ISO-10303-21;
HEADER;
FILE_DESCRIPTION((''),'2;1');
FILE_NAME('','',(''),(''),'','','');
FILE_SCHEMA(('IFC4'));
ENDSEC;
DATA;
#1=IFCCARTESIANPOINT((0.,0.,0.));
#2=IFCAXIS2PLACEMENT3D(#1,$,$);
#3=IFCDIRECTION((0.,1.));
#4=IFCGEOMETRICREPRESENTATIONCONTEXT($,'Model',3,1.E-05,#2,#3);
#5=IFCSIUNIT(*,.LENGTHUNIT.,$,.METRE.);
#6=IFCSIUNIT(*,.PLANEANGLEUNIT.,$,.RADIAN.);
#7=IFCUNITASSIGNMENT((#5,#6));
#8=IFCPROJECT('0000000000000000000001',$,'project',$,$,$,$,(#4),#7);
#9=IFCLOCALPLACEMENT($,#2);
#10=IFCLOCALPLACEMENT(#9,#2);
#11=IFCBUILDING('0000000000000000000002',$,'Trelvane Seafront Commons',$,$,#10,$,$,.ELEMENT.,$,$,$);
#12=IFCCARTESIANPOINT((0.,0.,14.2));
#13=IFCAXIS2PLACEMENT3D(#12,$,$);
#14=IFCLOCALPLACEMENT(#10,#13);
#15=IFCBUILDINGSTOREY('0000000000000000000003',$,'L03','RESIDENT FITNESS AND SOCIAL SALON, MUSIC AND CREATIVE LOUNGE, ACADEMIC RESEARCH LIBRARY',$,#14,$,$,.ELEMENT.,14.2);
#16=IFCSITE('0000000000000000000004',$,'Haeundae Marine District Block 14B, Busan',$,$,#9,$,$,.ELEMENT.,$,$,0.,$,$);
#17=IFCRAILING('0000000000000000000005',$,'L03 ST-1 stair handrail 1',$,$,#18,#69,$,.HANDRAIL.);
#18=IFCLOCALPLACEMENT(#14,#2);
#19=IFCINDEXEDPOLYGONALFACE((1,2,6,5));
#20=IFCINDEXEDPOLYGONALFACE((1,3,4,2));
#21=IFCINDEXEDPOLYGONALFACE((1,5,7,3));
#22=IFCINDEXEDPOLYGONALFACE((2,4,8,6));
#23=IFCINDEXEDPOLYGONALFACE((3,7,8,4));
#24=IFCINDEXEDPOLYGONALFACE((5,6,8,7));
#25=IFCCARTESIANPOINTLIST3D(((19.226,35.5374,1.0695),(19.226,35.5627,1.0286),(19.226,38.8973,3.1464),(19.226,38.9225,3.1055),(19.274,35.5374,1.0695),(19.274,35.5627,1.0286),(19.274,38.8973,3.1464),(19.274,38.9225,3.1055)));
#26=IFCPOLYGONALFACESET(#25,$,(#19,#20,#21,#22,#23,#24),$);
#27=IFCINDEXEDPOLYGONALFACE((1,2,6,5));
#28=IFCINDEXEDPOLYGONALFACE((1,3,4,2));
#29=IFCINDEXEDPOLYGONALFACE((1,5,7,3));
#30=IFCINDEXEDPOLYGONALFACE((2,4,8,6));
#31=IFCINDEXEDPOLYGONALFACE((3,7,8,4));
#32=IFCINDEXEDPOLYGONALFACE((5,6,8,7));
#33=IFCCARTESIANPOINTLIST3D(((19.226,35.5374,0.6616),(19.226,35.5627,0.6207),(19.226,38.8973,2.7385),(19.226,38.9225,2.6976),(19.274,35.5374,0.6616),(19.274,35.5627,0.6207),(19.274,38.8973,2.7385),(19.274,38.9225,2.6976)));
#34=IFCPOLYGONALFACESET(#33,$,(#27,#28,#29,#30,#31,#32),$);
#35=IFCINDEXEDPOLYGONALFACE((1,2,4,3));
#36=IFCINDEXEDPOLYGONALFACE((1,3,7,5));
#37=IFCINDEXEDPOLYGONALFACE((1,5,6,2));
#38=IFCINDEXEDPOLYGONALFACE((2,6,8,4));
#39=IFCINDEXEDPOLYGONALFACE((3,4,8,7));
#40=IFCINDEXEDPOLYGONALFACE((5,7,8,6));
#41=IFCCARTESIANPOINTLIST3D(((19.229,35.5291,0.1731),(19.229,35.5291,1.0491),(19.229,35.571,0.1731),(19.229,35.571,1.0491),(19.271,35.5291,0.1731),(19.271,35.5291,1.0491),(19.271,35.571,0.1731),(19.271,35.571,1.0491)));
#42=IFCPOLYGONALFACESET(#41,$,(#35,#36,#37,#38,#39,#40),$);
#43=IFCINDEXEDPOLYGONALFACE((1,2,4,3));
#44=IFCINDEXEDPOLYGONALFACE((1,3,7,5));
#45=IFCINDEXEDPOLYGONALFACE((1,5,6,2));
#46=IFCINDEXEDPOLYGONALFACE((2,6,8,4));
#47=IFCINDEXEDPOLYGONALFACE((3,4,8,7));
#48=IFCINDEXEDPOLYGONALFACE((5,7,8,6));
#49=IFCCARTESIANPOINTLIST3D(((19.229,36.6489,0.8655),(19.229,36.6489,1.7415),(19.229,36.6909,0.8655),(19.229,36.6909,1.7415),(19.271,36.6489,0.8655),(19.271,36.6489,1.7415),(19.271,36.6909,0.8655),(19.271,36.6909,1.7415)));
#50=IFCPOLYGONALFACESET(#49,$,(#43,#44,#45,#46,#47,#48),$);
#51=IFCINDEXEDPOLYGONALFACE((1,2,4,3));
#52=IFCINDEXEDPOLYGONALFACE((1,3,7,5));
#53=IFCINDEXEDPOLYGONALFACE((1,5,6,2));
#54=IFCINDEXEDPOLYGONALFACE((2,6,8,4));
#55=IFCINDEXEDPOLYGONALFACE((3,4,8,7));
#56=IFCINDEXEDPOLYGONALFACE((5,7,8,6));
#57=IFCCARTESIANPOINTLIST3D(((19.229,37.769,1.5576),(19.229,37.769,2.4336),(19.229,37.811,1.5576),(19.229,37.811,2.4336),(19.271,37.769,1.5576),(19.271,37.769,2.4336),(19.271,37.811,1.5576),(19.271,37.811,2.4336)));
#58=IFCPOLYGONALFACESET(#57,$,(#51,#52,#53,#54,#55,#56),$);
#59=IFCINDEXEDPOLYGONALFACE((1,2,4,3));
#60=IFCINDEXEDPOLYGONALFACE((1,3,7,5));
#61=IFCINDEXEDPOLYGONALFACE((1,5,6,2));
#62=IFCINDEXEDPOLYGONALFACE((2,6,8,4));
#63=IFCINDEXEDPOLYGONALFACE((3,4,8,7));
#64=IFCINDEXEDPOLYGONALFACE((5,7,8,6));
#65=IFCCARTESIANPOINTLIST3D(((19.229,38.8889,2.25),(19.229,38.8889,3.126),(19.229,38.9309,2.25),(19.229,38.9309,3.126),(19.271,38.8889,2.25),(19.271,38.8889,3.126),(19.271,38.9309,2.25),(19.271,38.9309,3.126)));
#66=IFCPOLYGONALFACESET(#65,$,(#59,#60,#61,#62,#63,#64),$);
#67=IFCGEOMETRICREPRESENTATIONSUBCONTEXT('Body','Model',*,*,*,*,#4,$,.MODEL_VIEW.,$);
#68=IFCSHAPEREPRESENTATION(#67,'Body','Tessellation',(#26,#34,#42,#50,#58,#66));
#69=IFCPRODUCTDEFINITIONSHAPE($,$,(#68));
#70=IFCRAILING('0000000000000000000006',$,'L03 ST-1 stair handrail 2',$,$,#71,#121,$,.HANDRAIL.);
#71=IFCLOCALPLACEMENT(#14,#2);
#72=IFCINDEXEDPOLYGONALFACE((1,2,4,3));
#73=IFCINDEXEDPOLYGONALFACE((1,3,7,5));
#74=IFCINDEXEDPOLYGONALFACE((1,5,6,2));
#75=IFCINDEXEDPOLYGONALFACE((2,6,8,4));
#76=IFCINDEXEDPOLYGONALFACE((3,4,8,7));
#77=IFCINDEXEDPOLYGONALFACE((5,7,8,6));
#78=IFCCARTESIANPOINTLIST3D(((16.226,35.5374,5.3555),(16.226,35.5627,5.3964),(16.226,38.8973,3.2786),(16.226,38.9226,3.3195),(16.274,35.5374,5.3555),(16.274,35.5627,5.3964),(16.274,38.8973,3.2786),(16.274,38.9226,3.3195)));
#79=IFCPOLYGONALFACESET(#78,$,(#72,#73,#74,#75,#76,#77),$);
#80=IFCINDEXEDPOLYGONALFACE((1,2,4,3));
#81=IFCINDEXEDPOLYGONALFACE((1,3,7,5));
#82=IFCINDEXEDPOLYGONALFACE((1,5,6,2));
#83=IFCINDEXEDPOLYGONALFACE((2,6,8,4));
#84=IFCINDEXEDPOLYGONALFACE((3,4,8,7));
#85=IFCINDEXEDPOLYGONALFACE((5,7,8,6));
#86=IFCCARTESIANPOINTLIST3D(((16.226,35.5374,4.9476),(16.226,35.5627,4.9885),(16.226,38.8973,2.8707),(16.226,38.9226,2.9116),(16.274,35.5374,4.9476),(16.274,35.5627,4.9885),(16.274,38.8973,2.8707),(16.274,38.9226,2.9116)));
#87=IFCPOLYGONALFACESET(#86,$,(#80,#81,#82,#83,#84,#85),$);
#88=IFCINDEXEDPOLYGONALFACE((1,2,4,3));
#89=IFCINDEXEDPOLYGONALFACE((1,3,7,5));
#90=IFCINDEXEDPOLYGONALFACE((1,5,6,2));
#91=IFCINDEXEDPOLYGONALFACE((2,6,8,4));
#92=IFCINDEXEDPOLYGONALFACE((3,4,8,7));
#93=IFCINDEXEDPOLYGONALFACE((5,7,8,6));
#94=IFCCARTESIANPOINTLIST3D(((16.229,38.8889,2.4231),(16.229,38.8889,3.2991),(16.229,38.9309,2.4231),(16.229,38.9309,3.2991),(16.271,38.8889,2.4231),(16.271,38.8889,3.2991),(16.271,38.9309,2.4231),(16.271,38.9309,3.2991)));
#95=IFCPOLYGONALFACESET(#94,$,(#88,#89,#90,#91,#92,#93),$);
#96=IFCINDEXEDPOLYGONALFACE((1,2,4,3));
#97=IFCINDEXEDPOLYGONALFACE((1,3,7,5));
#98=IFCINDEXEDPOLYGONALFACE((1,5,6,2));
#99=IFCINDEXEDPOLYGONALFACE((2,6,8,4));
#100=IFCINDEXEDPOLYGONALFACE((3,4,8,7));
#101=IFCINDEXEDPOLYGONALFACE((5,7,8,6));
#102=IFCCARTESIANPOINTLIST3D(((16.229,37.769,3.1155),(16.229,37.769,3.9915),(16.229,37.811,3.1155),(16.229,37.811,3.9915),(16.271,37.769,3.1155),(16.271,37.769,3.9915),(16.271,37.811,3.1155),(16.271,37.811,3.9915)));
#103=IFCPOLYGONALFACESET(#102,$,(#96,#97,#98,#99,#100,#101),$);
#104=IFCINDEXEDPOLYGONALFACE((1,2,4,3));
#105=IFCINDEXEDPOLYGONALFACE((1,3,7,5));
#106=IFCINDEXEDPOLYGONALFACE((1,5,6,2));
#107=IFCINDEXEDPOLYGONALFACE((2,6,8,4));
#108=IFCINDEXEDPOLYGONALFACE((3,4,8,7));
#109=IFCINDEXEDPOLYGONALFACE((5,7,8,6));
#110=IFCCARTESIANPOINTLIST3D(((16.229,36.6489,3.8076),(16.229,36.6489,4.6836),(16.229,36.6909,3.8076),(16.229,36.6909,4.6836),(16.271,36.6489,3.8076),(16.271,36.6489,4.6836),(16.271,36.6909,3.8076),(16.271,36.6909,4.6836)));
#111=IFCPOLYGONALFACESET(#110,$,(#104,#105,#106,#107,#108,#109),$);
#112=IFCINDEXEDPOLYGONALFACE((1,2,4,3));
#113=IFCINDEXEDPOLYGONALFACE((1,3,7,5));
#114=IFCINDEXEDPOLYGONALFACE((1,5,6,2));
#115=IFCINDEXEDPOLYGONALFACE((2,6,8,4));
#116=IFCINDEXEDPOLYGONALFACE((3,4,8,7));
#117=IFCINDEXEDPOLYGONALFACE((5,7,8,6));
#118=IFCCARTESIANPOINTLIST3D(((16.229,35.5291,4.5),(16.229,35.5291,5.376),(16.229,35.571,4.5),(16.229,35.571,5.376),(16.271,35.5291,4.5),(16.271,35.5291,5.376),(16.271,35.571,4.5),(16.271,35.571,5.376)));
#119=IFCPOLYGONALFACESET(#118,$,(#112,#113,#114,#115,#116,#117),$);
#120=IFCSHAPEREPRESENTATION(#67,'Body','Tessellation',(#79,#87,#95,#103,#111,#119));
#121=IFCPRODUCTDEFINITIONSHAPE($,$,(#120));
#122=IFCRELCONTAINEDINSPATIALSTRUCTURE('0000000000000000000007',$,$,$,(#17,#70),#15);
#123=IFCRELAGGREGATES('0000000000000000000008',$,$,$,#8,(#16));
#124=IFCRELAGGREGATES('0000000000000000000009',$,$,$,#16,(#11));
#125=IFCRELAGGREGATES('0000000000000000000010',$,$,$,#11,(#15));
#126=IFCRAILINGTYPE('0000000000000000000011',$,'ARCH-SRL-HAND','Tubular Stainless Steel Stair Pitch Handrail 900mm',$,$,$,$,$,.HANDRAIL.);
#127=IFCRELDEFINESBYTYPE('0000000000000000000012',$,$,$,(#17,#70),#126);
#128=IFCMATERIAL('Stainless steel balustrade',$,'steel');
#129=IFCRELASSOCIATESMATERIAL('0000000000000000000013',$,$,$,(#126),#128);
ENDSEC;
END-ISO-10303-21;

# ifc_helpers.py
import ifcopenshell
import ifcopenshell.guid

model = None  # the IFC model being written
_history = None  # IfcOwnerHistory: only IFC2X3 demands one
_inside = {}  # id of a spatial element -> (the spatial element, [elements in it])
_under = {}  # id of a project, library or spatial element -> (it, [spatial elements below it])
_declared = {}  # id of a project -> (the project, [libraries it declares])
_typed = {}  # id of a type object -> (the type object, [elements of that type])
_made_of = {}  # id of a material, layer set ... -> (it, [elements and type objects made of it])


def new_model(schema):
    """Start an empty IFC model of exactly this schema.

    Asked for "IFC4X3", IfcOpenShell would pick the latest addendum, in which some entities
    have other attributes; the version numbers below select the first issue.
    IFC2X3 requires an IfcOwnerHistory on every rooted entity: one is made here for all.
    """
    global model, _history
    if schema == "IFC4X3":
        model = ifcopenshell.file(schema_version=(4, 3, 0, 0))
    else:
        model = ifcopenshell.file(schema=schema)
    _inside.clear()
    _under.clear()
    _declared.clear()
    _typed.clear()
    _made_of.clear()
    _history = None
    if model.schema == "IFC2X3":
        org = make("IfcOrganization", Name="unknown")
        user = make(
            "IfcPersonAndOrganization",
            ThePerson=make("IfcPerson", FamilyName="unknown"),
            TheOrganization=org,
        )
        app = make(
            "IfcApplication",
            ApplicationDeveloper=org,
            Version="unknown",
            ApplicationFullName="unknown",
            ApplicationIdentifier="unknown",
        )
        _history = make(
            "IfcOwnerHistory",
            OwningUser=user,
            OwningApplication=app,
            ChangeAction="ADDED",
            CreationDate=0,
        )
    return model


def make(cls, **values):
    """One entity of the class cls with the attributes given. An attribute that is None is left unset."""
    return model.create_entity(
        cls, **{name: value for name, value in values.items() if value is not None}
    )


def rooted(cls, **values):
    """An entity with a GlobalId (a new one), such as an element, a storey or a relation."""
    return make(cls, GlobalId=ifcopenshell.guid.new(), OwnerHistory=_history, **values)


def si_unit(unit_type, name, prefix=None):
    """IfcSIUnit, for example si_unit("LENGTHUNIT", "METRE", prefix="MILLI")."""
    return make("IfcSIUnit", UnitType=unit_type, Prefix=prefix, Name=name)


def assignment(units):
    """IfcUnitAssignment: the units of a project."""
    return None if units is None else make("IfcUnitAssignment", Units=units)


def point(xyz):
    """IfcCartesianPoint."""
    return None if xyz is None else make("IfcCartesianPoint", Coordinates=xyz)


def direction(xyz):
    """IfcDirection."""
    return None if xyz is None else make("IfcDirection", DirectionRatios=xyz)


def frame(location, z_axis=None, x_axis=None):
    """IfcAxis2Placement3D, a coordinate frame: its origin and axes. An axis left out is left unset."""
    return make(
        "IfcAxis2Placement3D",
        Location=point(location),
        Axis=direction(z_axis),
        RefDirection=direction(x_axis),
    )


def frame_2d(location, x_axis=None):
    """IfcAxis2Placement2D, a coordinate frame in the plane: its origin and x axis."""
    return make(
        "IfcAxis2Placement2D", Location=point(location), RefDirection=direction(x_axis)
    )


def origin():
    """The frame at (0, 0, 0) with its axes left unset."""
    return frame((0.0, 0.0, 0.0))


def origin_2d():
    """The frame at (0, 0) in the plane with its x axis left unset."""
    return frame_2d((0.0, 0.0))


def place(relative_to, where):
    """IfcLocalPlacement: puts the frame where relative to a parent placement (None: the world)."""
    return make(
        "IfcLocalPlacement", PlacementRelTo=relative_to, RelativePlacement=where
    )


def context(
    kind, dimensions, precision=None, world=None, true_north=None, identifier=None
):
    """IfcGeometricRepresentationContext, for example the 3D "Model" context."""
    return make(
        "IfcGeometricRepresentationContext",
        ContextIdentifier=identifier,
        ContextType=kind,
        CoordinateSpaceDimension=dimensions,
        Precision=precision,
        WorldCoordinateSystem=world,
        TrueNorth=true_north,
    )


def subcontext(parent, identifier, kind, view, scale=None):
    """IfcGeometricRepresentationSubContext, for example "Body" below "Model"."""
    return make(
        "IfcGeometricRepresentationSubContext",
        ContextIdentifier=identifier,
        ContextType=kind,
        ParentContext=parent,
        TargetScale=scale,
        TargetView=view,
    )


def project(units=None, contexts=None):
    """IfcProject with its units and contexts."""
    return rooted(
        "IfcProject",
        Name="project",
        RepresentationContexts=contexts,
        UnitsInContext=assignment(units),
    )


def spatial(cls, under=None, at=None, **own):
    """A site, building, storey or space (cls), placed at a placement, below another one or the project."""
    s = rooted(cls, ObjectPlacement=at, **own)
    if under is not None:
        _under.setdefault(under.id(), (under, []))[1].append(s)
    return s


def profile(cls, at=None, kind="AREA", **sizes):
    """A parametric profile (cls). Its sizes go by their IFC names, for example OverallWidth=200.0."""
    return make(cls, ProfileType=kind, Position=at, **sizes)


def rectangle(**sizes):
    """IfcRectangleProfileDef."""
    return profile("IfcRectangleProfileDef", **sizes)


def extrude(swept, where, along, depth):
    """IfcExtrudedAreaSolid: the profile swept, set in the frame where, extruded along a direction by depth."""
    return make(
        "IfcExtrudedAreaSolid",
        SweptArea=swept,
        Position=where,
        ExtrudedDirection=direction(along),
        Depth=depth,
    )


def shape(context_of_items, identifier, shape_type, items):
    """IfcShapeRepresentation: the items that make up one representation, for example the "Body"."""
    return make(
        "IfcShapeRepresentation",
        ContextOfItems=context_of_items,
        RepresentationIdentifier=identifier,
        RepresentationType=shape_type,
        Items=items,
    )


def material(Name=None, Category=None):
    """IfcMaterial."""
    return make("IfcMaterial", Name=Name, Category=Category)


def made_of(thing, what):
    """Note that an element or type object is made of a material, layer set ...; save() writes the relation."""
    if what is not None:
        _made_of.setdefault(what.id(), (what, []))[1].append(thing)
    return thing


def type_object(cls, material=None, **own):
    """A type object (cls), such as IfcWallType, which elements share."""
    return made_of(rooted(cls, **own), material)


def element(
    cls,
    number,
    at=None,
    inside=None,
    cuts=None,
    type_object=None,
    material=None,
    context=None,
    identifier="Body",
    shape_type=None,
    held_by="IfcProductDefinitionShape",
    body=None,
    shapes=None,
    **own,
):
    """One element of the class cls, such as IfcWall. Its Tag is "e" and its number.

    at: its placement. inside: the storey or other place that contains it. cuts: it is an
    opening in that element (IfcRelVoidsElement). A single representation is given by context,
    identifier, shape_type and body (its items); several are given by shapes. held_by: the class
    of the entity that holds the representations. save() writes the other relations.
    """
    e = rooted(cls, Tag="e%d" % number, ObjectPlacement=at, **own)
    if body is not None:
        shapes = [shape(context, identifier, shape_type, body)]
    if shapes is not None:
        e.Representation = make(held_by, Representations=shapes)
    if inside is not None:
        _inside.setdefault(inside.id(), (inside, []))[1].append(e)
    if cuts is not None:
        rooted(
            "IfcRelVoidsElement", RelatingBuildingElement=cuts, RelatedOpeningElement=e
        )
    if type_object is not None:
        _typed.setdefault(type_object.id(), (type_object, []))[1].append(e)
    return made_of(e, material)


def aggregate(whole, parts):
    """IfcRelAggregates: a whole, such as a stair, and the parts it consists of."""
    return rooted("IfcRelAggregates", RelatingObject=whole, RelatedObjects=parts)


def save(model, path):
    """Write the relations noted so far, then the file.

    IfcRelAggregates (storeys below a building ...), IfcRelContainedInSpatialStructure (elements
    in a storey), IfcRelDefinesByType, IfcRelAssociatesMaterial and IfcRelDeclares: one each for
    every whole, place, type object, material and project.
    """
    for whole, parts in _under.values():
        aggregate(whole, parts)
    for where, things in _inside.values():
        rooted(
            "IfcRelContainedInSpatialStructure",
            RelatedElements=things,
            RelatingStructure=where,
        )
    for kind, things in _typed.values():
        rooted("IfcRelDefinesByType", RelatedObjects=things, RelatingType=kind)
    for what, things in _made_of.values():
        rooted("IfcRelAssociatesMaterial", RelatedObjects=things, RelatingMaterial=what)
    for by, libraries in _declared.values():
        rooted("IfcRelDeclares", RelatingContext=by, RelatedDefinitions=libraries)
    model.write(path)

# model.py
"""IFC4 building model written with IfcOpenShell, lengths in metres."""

from ifc_helpers import new_model, si_unit, direction, frame, origin, origin_2d, place, context, subcontext, project, spatial, rectangle, extrude, material, type_object, element, save


model = new_model("IFC4")

# Units and contexts
model_context = context("Model", 3, precision=1e-05, world=origin(), true_north=direction((0.0, 1.0)))
body_context = subcontext(model_context, "Body", "Model", "MODEL_VIEW")
ifc_project = project(units=[si_unit("LENGTHUNIT", "METRE"), si_unit("PLANEANGLEUNIT", "RADIAN")], contexts=[model_context])

# Site, building, storey
site_placement = place(None, origin())
site = spatial("IfcSite", under=ifc_project, at=site_placement, Name="Haeundae Marine District Block 14B, Busan", CompositionType="ELEMENT", RefElevation=0.0)
building_placement = place(site_placement, origin())
building = spatial("IfcBuilding", under=site, at=building_placement, Name="Trelvane Seafront Commons", CompositionType="ELEMENT")
storey_placement = place(building_placement, frame((0.0, 0.0, 14.2)))
storey = spatial("IfcBuildingStorey", under=building, at=storey_placement, Name="L03", Description="RESIDENT FITNESS AND SOCIAL SALON, MUSIC AND CREATIVE LOUNGE, ACADEMIC RESEARCH LIBRARY", CompositionType="ELEMENT", Elevation=14.2)

# Railings
ifc_material_1 = material(Name="Stainless steel balustrade", Category="steel")
railing_type_1 = type_object("IfcRailingType", Name="ARCH-SRL-HAND", Description="Tubular Stainless Steel Stair Pitch Handrail 900mm", PredefinedType="HANDRAIL", material=ifc_material_1)
railing_1_placement = place(storey_placement, frame((19.25, 35.55, 0.1731)))
element("IfcRailing", 1, at=railing_1_placement, inside=storey, type_object=railing_type_1, Name="L03 ST-1 stair handrail 1", PredefinedType="HANDRAIL", context=body_context, shape_type="SweptSolid", body=[
    extrude(rectangle(XDim=0.0481, YDim=0.0481, at=origin_2d()), frame((0.0, 0.0, 0.876), z_axis=(0.0, 0.850606, 0.525803), x_axis=(-1.0, 0.0, 0.0)), (0.0, 0.0, 1.0), 3.95),
    extrude(rectangle(XDim=0.0481, YDim=0.0481, at=origin_2d()), frame((0.0, 0.0, 0.468), z_axis=(0.0, 0.850606, 0.525803), x_axis=(-1.0, 0.0, 0.0)), (0.0, 0.0, 1.0), 3.95),
    extrude(rectangle(XDim=0.042, YDim=0.042, at=origin_2d()), origin(), (0.0, 0.0, 1.0), 0.876),
    extrude(rectangle(XDim=0.042, YDim=0.042, at=origin_2d()), frame((0.0, 1.1199, 0.6924)), (0.0, 0.0, 1.0), 0.876),
    extrude(rectangle(XDim=0.042, YDim=0.042, at=origin_2d()), frame((0.0, 2.24, 1.3845)), (0.0, 0.0, 1.0), 0.876),
    extrude(rectangle(XDim=0.042, YDim=0.042, at=origin_2d()), frame((0.0, 3.3599, 2.0769)), (0.0, 0.0, 1.0), 0.876),
])
railing_2_placement = place(storey_placement, frame((16.25, 38.9099, 2.4231)))
element("IfcRailing", 2, at=railing_2_placement, inside=storey, type_object=railing_type_1, Name="L03 ST-1 stair handrail 2", PredefinedType="HANDRAIL", context=body_context, shape_type="SweptSolid", body=[
    extrude(rectangle(XDim=0.0481, YDim=0.0481, at=origin_2d()), frame((0.0, 0.0, 0.876), z_axis=(0.0, -0.850606, 0.525803), x_axis=(1.0, 0.0, 0.0)), (0.0, 0.0, 1.0), 3.95),
    extrude(rectangle(XDim=0.0481, YDim=0.0481, at=origin_2d()), frame((0.0, 0.0, 0.468), z_axis=(0.0, -0.850606, 0.525803), x_axis=(1.0, 0.0, 0.0)), (0.0, 0.0, 1.0), 3.95),
    extrude(rectangle(XDim=0.042, YDim=0.042, at=origin_2d()), origin(), (0.0, 0.0, 1.0), 0.876),
    extrude(rectangle(XDim=0.042, YDim=0.042, at=origin_2d()), frame((0.0, -1.1199, 0.6924)), (0.0, 0.0, 1.0), 0.876),
    extrude(rectangle(XDim=0.042, YDim=0.042, at=origin_2d()), frame((0.0, -2.24, 1.3845)), (0.0, 0.0, 1.0), 0.876),
    extrude(rectangle(XDim=0.042, YDim=0.042, at=origin_2d()), frame((0.0, -3.3599, 2.0769)), (0.0, 0.0, 1.0), 0.876),
])

save(model, "model.ifc")
